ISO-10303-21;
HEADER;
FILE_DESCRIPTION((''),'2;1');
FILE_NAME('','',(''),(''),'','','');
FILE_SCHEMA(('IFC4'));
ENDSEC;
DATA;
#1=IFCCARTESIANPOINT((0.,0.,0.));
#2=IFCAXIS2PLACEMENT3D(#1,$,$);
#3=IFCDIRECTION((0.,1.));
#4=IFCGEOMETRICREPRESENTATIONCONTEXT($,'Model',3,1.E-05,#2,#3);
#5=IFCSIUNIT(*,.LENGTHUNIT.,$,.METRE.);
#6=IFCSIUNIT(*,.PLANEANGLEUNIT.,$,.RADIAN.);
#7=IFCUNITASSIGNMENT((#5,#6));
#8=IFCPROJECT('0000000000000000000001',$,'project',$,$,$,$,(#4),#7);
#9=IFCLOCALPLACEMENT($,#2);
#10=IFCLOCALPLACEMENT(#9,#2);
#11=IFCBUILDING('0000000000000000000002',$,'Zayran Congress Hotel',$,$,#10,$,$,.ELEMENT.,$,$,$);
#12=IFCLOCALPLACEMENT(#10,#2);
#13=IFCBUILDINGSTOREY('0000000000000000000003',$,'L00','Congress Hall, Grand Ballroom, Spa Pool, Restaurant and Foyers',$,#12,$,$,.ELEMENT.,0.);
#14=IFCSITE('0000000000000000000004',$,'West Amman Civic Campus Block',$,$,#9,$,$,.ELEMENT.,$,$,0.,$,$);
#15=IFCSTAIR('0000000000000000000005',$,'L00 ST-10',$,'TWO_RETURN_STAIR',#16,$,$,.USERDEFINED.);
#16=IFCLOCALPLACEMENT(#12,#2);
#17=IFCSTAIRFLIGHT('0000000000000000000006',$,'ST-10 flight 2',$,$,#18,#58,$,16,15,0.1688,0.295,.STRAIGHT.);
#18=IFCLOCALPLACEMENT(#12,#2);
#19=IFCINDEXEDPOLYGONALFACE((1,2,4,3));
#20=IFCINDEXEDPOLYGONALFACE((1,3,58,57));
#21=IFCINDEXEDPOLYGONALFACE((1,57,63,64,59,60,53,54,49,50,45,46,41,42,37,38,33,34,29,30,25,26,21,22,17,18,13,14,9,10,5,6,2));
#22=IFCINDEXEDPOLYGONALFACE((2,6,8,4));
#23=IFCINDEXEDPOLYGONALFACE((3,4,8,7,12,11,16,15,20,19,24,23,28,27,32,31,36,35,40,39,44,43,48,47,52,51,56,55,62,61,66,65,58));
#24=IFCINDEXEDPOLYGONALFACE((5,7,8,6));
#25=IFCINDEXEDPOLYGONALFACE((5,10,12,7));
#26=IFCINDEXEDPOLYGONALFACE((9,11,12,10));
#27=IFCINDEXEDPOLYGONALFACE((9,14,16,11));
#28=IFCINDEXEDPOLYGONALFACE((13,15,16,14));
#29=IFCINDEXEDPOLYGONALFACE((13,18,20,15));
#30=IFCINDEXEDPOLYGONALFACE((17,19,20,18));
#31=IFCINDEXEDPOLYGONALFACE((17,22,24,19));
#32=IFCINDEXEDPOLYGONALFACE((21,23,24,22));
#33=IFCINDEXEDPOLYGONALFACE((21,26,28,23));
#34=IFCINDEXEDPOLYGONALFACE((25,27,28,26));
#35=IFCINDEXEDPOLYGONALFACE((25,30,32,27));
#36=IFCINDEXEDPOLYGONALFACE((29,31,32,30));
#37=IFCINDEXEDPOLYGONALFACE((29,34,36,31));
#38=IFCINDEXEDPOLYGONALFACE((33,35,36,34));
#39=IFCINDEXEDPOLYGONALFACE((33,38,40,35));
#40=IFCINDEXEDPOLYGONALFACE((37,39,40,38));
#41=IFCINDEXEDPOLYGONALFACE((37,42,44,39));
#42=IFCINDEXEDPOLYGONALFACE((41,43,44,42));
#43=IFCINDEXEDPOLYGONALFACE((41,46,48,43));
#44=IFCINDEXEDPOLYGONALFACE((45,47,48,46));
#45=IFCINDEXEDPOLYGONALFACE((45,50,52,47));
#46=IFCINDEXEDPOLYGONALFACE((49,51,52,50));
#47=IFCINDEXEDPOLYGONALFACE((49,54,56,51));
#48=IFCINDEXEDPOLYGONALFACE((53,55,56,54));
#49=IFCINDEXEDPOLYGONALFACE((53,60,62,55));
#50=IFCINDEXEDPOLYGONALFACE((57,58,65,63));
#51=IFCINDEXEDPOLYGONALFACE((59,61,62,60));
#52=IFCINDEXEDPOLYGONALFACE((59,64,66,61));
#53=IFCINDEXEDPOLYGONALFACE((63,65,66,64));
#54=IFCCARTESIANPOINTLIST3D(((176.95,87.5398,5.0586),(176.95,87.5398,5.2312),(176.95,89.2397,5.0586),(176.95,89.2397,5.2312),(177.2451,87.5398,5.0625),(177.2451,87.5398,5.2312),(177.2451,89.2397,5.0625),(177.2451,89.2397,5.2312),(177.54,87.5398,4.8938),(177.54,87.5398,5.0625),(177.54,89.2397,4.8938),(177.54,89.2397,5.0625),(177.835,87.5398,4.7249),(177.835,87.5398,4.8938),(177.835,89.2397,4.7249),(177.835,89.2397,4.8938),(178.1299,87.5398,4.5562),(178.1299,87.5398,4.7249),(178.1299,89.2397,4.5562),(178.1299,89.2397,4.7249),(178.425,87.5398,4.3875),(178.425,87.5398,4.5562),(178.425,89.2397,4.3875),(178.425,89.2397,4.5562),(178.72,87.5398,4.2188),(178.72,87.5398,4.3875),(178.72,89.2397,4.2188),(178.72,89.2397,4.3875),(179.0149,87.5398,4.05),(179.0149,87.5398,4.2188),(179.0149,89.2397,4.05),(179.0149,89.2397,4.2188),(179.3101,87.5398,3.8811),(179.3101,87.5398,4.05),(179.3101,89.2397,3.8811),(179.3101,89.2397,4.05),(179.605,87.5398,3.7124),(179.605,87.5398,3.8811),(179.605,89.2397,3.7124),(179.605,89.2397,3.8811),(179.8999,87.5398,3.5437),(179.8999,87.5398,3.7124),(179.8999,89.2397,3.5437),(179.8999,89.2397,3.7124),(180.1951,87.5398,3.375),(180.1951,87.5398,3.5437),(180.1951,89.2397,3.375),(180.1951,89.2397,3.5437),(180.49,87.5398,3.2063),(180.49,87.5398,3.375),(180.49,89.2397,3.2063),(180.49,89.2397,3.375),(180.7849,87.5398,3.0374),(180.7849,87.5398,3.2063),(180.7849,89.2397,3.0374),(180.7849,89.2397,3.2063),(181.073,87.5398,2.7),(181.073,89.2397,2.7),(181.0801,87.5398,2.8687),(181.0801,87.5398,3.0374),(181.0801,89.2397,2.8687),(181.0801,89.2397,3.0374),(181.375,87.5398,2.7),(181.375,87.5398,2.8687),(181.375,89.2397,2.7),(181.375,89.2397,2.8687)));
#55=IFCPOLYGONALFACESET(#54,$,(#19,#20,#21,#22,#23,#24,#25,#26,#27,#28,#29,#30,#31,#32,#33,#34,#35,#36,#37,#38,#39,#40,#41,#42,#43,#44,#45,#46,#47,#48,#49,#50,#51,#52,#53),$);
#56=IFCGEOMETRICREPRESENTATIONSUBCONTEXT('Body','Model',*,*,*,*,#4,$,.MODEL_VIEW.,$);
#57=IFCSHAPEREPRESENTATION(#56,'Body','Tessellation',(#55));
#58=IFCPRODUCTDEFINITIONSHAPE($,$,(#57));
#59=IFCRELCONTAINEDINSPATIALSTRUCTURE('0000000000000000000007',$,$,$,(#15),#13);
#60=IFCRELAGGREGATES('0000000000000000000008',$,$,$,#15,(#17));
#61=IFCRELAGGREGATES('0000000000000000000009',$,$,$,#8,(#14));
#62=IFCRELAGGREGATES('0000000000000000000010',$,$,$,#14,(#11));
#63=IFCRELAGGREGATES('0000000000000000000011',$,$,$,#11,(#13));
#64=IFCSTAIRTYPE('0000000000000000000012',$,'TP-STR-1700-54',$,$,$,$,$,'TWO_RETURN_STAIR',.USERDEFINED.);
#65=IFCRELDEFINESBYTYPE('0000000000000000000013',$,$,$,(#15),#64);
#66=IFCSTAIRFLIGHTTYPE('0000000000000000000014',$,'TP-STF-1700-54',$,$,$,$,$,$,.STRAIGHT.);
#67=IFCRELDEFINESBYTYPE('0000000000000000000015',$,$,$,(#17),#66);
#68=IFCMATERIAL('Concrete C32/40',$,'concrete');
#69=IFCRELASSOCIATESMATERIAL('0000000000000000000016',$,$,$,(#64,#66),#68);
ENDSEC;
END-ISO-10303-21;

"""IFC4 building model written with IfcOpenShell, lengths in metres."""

from ifc_helpers import new_model, si_unit, direction, frame, origin, place, context, subcontext, project, spatial, polyline, outline, extrude, material, type_object, element, aggregate, save


model = new_model("IFC4")

# Units and contexts
model_context = context("Model", 3, precision=1e-05, world=origin(), true_north=direction((0.0, 1.0)))
body_context = subcontext(model_context, "Body", "Model", "MODEL_VIEW")
ifc_project = project(units=[si_unit("LENGTHUNIT", "METRE"), si_unit("PLANEANGLEUNIT", "RADIAN")], contexts=[model_context])

# Site, building, storey
site_placement = place(None, origin())
site = spatial("IfcSite", under=ifc_project, at=site_placement, Name="West Amman Civic Campus Block", CompositionType="ELEMENT", RefElevation=0.0)
building_placement = place(site_placement, origin())
building = spatial("IfcBuilding", under=site, at=building_placement, Name="Zayran Congress Hotel", CompositionType="ELEMENT")
storey_placement = place(building_placement, origin())
storey = spatial("IfcBuildingStorey", under=building, at=storey_placement, Name="L00", Description="Congress Hall, Grand Ballroom, Spa Pool, Restaurant and Foyers", CompositionType="ELEMENT", Elevation=0.0)

# Stair, stair flight
ifc_material_1 = material(Name="Concrete C32/40", Category="concrete")
stair_type = type_object("IfcStairType", Name="TP-STR-1700-54", ElementType="TWO_RETURN_STAIR", PredefinedType="USERDEFINED", material=ifc_material_1)
stair_placement = place(storey_placement, origin())
stair = element("IfcStair", 1, at=stair_placement, inside=storey, type_object=stair_type, Name="L00 ST-10", ObjectType="TWO_RETURN_STAIR", PredefinedType="USERDEFINED")
stair_flight_type = type_object("IfcStairFlightType", Name="TP-STF-1700-54", PredefinedType="STRAIGHT", material=ifc_material_1)
stair_flight_1_placement = place(storey_placement, frame((181.375, 88.3899, 2.7), z_axis=(0.0, 0.0, 1.0), x_axis=(-1.0, 0.0, 0.0)))
stair_flight_1 = element("IfcStairFlight", 2, at=stair_flight_1_placement, type_object=stair_flight_type, Name="ST-10 flight 2", NumberOfRisers=16, NumberOfTreads=15, PredefinedType="STRAIGHT", RiserHeight=0.1688, TreadLength=0.295, context=body_context, shape_type="SweptSolid", body=[
    extrude(outline(polyline([(0.0, 0.0), (0.0, 0.1687), (0.2949, 0.1687), (0.2949, 0.3374), (0.5901, 0.3374), (0.5901, 0.5063), (0.885, 0.5063), (0.885, 0.675), (1.1799, 0.675), (1.1799, 0.8438), (1.4751, 0.8438), (1.4751, 1.0125), (1.77, 1.0125), (1.77, 1.1812), (2.0649, 1.1812), (2.0649, 1.3501), (2.3601, 1.3501), (2.3601, 1.5188), (2.655, 1.5188), (2.655, 1.6875), (2.95, 1.6875), (2.95, 1.8562), (3.2451, 1.8562), (3.2451, 2.0249), (3.54, 2.0249), (3.54, 2.1938), (3.835, 2.1938), (3.835, 2.3625), (4.1299, 2.3625), (4.1299, 2.5312), (4.425, 2.5312), (4.425, 2.7), (4.425, 2.3586), (0.302, 0.0), (0.0, 0.0)])), frame((0.0, 0.8501, 0.0), z_axis=(0.0, -1.0, 0.0), x_axis=(1.0, 0.0, 0.0)), (0.0, 0.0, 1.0), 1.7),
])
aggregate(stair, [stair_flight_1])

save(model, "model.ifc")
